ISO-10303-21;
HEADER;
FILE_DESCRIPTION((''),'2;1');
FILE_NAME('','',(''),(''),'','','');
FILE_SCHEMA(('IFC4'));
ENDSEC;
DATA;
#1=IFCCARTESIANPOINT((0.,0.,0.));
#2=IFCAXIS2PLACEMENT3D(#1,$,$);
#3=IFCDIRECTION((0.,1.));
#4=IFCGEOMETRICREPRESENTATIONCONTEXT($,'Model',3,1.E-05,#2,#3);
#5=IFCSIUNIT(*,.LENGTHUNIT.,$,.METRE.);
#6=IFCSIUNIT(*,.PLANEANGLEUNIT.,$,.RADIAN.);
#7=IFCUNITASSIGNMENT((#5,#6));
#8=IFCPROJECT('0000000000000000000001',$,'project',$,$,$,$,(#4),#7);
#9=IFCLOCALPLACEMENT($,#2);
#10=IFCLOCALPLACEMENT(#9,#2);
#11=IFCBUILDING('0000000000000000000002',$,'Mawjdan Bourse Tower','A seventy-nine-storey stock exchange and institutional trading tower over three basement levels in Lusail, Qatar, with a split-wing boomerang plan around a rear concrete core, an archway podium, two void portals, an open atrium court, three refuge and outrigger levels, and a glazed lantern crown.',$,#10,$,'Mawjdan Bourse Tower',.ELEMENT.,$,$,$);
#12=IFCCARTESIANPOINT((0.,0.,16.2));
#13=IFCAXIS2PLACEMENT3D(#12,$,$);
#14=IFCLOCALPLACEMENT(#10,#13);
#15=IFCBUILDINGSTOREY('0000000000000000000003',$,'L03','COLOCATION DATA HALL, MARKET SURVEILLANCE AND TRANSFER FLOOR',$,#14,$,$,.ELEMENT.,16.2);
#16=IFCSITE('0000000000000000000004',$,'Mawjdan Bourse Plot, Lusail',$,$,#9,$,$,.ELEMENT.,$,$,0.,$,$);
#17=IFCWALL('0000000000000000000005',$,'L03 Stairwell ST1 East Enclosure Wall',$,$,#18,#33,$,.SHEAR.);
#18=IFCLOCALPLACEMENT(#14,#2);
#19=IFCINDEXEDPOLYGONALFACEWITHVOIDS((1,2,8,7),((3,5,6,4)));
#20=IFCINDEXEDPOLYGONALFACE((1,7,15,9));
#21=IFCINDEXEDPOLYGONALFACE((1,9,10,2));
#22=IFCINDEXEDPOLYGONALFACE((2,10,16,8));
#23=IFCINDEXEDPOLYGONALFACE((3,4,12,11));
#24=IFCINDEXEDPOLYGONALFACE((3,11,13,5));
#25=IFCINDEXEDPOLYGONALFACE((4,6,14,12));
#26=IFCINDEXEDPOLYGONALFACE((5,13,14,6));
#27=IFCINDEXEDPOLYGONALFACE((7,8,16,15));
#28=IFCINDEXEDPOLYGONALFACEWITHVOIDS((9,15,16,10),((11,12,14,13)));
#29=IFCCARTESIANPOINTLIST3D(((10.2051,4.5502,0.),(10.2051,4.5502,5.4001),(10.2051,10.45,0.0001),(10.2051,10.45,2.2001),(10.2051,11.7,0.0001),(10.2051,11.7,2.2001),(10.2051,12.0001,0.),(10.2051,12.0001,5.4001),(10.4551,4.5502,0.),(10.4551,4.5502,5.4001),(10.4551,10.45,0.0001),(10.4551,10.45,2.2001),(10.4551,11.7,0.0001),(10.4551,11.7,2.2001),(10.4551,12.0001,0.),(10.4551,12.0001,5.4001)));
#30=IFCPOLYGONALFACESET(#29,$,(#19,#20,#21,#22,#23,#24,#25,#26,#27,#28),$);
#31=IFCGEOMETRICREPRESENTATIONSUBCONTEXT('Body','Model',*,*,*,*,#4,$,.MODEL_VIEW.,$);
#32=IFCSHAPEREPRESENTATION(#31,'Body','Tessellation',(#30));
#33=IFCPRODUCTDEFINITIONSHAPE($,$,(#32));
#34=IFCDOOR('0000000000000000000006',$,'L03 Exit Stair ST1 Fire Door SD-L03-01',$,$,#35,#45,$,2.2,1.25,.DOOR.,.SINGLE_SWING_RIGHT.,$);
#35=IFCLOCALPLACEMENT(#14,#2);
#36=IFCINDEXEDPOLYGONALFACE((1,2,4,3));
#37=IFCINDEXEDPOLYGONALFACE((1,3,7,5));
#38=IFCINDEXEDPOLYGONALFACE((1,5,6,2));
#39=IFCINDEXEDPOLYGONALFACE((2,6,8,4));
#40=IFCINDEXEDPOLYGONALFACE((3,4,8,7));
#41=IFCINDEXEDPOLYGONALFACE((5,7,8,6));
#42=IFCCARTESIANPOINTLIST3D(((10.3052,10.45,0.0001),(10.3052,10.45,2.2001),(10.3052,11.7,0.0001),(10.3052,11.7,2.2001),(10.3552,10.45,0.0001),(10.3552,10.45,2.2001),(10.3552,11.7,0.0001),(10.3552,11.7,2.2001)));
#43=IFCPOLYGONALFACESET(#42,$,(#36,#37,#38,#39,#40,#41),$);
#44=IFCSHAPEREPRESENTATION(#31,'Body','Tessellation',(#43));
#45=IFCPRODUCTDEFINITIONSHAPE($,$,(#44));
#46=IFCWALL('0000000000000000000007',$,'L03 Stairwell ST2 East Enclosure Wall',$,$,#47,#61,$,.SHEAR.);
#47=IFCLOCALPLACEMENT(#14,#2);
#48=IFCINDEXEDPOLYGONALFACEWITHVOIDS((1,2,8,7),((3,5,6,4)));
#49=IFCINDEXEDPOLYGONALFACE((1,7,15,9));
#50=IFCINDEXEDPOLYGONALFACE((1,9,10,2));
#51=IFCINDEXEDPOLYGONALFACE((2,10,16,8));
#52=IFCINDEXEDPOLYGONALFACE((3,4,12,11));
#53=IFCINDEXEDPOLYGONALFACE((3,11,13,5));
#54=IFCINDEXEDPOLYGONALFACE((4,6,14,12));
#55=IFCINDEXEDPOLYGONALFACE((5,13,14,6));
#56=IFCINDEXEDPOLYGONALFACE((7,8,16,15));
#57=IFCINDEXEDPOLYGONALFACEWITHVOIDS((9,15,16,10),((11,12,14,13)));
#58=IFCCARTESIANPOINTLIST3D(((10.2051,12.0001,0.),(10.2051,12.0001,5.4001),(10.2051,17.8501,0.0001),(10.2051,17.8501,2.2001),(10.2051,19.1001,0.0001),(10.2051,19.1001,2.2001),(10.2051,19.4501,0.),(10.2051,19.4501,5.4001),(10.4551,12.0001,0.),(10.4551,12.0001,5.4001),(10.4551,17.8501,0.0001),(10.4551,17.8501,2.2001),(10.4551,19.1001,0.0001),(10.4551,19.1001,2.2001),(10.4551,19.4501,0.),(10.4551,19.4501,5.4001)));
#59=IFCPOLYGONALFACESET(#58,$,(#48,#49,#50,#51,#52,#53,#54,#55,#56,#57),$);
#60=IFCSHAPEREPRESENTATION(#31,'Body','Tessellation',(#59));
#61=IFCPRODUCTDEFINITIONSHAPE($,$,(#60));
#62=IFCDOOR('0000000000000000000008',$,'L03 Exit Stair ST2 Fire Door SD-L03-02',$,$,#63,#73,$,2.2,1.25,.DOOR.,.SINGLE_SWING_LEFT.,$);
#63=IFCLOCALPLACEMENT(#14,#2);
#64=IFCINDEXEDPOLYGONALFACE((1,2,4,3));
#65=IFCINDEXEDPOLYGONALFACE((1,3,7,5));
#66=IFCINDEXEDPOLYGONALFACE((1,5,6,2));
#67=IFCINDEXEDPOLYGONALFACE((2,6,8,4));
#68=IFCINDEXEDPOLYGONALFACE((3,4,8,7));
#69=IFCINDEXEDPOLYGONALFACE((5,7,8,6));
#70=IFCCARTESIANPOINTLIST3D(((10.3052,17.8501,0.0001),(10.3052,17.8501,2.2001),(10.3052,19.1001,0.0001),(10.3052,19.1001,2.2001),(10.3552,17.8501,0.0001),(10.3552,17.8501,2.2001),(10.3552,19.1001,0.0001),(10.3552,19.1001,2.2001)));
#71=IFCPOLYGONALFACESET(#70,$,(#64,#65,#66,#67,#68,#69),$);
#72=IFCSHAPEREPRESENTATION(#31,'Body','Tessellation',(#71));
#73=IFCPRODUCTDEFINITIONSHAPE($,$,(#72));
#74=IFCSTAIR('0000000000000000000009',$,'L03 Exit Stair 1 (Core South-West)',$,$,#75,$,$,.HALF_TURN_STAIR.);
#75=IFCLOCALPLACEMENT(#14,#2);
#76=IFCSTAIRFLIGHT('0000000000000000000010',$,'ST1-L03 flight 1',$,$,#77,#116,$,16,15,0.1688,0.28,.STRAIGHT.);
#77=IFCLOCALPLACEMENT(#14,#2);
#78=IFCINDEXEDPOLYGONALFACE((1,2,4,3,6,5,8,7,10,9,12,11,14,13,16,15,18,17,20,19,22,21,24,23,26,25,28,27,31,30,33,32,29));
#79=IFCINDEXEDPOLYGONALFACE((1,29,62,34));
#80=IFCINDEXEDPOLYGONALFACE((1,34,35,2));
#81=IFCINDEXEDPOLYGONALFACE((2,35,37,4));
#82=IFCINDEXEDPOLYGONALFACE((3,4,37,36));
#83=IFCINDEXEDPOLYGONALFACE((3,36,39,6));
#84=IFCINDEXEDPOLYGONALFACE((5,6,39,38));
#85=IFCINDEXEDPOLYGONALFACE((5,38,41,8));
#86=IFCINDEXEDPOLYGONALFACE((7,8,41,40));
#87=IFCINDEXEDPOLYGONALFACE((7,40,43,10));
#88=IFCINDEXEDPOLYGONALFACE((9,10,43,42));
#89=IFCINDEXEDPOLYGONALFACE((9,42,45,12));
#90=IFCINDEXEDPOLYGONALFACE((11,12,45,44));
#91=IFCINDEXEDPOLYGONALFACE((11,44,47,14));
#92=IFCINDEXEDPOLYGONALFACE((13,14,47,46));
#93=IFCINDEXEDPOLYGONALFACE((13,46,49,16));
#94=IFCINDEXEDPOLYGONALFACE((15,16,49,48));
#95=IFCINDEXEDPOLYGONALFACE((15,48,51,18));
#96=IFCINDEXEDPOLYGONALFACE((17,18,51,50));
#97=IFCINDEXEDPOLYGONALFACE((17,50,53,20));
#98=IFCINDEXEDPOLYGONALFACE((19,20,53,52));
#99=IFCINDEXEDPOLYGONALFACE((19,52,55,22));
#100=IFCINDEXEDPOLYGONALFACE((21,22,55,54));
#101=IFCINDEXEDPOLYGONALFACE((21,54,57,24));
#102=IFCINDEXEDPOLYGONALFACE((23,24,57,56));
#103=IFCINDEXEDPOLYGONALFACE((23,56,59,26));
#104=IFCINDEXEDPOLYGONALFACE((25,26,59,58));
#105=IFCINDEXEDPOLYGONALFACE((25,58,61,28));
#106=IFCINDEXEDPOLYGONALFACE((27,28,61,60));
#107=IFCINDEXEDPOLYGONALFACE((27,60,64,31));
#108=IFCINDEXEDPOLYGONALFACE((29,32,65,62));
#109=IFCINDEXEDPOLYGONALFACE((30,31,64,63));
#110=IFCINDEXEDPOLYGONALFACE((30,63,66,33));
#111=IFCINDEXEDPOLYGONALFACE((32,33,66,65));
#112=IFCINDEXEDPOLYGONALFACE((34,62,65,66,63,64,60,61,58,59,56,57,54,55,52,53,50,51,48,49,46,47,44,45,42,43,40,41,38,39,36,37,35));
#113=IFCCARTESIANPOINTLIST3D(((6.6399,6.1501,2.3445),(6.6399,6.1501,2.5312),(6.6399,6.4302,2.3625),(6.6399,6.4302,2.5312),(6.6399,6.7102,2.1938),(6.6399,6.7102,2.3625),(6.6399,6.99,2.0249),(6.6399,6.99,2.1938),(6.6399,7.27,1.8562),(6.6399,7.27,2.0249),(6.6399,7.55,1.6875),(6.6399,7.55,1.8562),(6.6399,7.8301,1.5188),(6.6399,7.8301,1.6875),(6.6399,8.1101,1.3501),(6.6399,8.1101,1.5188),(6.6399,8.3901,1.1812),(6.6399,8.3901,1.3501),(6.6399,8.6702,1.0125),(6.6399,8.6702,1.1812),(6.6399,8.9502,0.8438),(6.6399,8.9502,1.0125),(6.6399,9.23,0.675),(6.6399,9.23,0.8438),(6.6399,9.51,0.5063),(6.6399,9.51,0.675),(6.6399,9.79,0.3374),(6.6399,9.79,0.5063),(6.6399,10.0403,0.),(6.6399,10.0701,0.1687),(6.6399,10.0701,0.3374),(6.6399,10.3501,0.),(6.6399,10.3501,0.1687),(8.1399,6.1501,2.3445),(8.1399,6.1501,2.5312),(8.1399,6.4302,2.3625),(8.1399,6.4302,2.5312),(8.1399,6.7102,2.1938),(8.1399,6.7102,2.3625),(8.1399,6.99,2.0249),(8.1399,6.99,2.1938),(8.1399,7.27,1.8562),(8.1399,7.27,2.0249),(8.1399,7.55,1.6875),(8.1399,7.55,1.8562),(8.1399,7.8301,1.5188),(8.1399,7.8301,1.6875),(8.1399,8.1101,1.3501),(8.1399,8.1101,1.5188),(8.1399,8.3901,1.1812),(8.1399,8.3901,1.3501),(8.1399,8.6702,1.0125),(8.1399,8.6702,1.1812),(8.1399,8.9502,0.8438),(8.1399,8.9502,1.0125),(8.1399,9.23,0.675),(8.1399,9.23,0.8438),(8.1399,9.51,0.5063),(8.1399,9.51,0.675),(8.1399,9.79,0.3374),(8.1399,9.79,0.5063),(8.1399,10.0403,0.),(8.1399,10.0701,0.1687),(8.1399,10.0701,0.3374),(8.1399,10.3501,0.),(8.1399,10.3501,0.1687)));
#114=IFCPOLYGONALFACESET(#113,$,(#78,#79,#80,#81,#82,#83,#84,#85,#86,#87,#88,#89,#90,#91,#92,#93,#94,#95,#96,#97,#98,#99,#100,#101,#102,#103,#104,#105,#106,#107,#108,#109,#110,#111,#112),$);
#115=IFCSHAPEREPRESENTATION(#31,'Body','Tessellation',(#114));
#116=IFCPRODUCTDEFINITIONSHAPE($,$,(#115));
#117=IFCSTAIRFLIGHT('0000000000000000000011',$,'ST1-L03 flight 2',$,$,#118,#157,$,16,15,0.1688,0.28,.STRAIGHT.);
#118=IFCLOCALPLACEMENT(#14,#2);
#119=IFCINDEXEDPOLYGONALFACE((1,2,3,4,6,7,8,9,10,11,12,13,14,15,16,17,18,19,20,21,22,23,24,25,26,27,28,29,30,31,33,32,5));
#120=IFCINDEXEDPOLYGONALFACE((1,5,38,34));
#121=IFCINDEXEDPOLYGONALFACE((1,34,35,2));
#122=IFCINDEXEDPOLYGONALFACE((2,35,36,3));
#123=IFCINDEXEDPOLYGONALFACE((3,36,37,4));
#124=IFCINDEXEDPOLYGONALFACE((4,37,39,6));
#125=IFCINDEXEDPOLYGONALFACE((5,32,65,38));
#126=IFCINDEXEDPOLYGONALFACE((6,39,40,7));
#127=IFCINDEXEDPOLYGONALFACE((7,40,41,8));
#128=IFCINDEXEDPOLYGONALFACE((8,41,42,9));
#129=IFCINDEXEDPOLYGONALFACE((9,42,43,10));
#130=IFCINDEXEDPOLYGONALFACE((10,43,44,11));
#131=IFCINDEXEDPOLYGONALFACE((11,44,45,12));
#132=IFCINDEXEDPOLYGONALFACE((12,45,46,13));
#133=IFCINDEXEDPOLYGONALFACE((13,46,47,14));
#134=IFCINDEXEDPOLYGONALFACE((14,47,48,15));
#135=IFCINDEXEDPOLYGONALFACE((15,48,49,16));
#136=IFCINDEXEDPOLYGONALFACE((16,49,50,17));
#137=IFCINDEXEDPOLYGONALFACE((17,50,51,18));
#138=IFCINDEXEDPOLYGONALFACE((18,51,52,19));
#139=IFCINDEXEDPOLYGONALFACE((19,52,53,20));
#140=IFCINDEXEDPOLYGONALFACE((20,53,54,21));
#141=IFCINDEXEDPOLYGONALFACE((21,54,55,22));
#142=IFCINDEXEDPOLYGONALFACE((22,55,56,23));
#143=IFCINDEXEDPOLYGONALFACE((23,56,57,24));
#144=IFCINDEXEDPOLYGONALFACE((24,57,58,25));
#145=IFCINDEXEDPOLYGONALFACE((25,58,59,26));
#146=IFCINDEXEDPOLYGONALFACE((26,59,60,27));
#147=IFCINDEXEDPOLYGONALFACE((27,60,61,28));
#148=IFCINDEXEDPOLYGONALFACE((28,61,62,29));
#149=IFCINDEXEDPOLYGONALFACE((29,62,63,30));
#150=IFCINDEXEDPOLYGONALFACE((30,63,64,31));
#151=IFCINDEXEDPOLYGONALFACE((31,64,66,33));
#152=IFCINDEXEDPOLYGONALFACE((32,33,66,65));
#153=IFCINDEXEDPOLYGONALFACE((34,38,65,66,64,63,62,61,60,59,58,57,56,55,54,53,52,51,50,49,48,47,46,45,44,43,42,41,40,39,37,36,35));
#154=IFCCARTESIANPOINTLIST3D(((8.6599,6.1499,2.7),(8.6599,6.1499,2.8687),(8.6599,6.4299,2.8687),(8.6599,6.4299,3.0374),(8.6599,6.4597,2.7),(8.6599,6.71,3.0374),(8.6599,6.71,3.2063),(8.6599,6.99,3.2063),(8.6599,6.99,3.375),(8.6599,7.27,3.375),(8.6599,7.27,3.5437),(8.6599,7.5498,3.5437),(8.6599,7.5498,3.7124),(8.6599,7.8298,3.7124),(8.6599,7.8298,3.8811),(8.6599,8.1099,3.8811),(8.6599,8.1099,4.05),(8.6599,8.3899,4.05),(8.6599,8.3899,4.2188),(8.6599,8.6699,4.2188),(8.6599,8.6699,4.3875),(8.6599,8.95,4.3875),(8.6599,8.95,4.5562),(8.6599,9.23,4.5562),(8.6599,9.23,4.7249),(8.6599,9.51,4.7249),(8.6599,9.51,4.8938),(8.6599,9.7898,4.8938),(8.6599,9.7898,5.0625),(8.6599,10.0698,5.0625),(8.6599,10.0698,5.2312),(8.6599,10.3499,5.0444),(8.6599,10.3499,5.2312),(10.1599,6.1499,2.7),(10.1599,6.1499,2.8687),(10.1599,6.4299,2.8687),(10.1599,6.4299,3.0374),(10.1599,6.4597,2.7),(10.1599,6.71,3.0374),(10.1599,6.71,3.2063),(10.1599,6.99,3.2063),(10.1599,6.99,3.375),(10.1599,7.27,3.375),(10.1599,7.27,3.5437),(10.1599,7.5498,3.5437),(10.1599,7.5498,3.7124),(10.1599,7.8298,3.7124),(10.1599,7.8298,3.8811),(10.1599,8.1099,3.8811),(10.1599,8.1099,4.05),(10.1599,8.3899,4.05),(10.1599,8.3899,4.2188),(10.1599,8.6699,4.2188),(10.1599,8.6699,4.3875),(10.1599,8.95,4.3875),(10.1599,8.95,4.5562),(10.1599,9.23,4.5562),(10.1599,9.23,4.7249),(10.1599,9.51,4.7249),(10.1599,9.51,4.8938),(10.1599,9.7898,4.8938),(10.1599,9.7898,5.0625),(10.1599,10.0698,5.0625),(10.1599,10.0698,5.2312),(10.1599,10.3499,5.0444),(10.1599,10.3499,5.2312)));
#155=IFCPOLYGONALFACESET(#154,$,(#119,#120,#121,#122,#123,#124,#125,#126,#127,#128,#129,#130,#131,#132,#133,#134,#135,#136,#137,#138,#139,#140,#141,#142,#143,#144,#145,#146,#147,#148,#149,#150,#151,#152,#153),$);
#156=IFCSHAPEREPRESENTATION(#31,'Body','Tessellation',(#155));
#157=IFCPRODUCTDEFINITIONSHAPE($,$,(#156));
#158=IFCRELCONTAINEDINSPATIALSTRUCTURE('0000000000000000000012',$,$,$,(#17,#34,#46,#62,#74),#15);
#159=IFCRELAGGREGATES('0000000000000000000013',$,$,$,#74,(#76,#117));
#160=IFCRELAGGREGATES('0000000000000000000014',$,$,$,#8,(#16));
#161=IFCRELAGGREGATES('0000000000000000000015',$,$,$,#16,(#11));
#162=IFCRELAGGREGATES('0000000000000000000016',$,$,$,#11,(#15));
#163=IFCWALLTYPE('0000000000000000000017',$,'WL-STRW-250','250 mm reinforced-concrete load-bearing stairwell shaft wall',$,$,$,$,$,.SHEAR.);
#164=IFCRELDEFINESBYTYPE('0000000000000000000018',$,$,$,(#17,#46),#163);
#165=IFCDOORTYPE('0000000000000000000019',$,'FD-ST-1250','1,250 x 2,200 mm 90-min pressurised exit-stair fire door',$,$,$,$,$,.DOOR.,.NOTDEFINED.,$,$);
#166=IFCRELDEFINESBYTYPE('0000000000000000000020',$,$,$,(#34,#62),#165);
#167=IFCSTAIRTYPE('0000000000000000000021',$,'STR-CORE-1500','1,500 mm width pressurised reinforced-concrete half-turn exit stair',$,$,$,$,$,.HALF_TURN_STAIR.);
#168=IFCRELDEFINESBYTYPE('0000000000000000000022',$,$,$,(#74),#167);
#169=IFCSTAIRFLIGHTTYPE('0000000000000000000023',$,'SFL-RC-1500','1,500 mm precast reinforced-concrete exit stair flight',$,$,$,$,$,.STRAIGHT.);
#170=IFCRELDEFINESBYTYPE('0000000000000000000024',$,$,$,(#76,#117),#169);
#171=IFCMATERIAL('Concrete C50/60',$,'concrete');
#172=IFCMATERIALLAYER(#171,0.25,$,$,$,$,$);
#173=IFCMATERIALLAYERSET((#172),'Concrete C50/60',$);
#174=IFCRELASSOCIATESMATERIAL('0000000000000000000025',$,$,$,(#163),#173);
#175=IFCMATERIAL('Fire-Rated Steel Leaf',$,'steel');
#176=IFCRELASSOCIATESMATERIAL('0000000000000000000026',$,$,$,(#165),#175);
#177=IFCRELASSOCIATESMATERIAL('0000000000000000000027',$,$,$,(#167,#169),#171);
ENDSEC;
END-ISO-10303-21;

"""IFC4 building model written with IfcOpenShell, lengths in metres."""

from ifc_helpers import new_model, si_unit, direction, frame, frame_2d, origin, place, context, subcontext, project, spatial, polyline, rectangle, outline, extrude, material, layer, layer_set, type_object, element, fill, aggregate, save


model = new_model("IFC4")

# Units and contexts
model_context = context("Model", 3, precision=1e-05, world=origin(), true_north=direction((0.0, 1.0)))
body_context = subcontext(model_context, "Body", "Model", "MODEL_VIEW")
ifc_project = project(units=[si_unit("LENGTHUNIT", "METRE"), si_unit("PLANEANGLEUNIT", "RADIAN")], contexts=[model_context])

# Site, building, storey
site_placement = place(None, origin())
site = spatial("IfcSite", under=ifc_project, at=site_placement, Name="Mawjdan Bourse Plot, Lusail", CompositionType="ELEMENT", RefElevation=0.0)
building_placement = place(site_placement, origin())
building = spatial("IfcBuilding", under=site, at=building_placement, Name="Mawjdan Bourse Tower", Description="A seventy-nine-storey stock exchange and institutional trading tower over three basement levels in Lusail, Qatar, with a split-wing boomerang plan around a rear concrete core, an archway podium, two void portals, an open atrium court, three refuge and outrigger levels, and a glazed lantern crown.", LongName="Mawjdan Bourse Tower", CompositionType="ELEMENT")
storey_placement = place(building_placement, frame((0.0, 0.0, 16.2)))
storey = spatial("IfcBuildingStorey", under=building, at=storey_placement, Name="L03", Description="COLOCATION DATA HALL, MARKET SURVEILLANCE AND TRANSFER FLOOR", CompositionType="ELEMENT", Elevation=16.2)

# Shared definitions
ifc_material_1 = material(Name="Concrete C50/60", Category="concrete")

# Shared definitions
ifc_layer_1 = layer(ifc_material_1, 0.25)
ifc_layer_set_1 = layer_set([ifc_layer_1], Name="Concrete C50/60")
wall_type_1 = type_object("IfcWallType", Name="WL-STRW-250", Description="250 mm reinforced-concrete load-bearing stairwell shaft wall", PredefinedType="SHEAR", material=ifc_layer_set_1)

# Walls, openings, doors
wall_1_placement = place(storey_placement, frame((10.3301, 4.55, 0.0), z_axis=(0.0, 0.0, 1.0), x_axis=(0.0, 1.0, 0.0)))
wall_1 = element("IfcWall", 1, at=wall_1_placement, inside=storey, type_object=wall_type_1, Name="L03 Stairwell ST1 East Enclosure Wall", PredefinedType="SHEAR", context=body_context, shape_type="SweptSolid", body=[
    extrude(rectangle(XDim=7.45, YDim=0.25, at=frame_2d((3.7251, 0.0))), origin(), (0.0, 0.0, 1.0), 5.4001),
])
opening_1_placement = place(wall_1_placement, frame((5.8999, 0.0, 0.0)))
opening_1 = element("IfcOpeningElement", 2, at=opening_1_placement, cuts=wall_1, PredefinedType="OPENING", context=body_context, shape_type="SweptSolid", body=[
    extrude(rectangle(XDim=1.25, YDim=2.2, at=frame_2d((0.625, 1.1001))), frame((0.0, 0.135, 0.0), z_axis=(0.0, -1.0, 0.0), x_axis=(1.0, 0.0, 0.0)), (0.0, 0.0, 1.0), 0.27),
])
ifc_material_2 = material(Name="Fire-Rated Steel Leaf", Category="steel")
door_type_1 = type_object("IfcDoorType", Name="FD-ST-1250", Description="1,250 x 2,200 mm 90-min pressurised exit-stair fire door", OperationType="NOTDEFINED", PredefinedType="DOOR", material=ifc_material_2)
door_1_placement = place(opening_1_placement, origin())
door_1 = element("IfcDoor", 3, at=door_1_placement, inside=storey, type_object=door_type_1, Name="L03 Exit Stair ST1 Fire Door SD-L03-01", OperationType="SINGLE_SWING_RIGHT", OverallHeight=2.2, OverallWidth=1.25, PredefinedType="DOOR", context=body_context, shape_type="SweptSolid", body=[
    extrude(rectangle(XDim=1.25, YDim=2.2, at=frame_2d((0.625, 1.1001))), frame((0.0, 0.0249, 0.0), z_axis=(0.0, -1.0, 0.0), x_axis=(1.0, 0.0, 0.0)), (0.0, 0.0, 1.0), 0.05),
])
fill(opening_1, door_1)
wall_2_placement = place(storey_placement, frame((10.3301, 12.0, 0.0), z_axis=(0.0, 0.0, 1.0), x_axis=(0.0, 1.0, 0.0)))
wall_2 = element("IfcWall", 4, at=wall_2_placement, inside=storey, type_object=wall_type_1, Name="L03 Stairwell ST2 East Enclosure Wall", PredefinedType="SHEAR", context=body_context, shape_type="SweptSolid", body=[
    extrude(rectangle(XDim=7.45, YDim=0.25, at=frame_2d((3.7251, 0.0))), origin(), (0.0, 0.0, 1.0), 5.4001),
])
opening_2_placement = place(wall_2_placement, frame((5.8501, 0.0, 0.0)))
opening_2 = element("IfcOpeningElement", 5, at=opening_2_placement, cuts=wall_2, PredefinedType="OPENING", context=body_context, shape_type="SweptSolid", body=[
    extrude(rectangle(XDim=1.25, YDim=2.2, at=frame_2d((0.625, 1.1001))), frame((0.0, 0.135, 0.0), z_axis=(0.0, -1.0, 0.0), x_axis=(1.0, 0.0, 0.0)), (0.0, 0.0, 1.0), 0.27),
])
door_2_placement = place(opening_2_placement, origin())
door_2 = element("IfcDoor", 6, at=door_2_placement, inside=storey, type_object=door_type_1, Name="L03 Exit Stair ST2 Fire Door SD-L03-02", OperationType="SINGLE_SWING_LEFT", OverallHeight=2.2, OverallWidth=1.25, PredefinedType="DOOR", context=body_context, shape_type="SweptSolid", body=[
    extrude(rectangle(XDim=1.25, YDim=2.2, at=frame_2d((0.625, 1.1001))), frame((0.0, 0.0249, 0.0), z_axis=(0.0, -1.0, 0.0), x_axis=(1.0, 0.0, 0.0)), (0.0, 0.0, 1.0), 0.05),
])
fill(opening_2, door_2)

# Stair, stair flights
stair_type = type_object("IfcStairType", Name="STR-CORE-1500", Description="1,500 mm width pressurised reinforced-concrete half-turn exit stair", PredefinedType="HALF_TURN_STAIR", material=ifc_material_1)
stair_1_placement = place(storey_placement, origin())
stair_1 = element("IfcStair", 7, at=stair_1_placement, inside=storey, type_object=stair_type, Name="L03 Exit Stair 1 (Core South-West)", PredefinedType="HALF_TURN_STAIR")
stair_flight_type = type_object("IfcStairFlightType", Name="SFL-RC-1500", Description="1,500 mm precast reinforced-concrete exit stair flight", PredefinedType="STRAIGHT", material=ifc_material_1)
stair_flight_1_placement = place(storey_placement, frame((7.3899, 10.3501, 0.0), z_axis=(0.0, 0.0, 1.0), x_axis=(0.0, -1.0, 0.0)))
stair_flight_1 = element("IfcStairFlight", 8, at=stair_flight_1_placement, type_object=stair_flight_type, Name="ST1-L03 flight 1", NumberOfRisers=16, NumberOfTreads=15, PredefinedType="STRAIGHT", RiserHeight=0.1688, TreadLength=0.28, context=body_context, shape_type="SweptSolid", body=[
    extrude(outline(polyline([(0.0, 0.0), (0.0, 0.1687), (0.28, 0.1687), (0.28, 0.3374), (0.5601, 0.3374), (0.5601, 0.5063), (0.8401, 0.5063), (0.8401, 0.675), (1.1201, 0.675), (1.1201, 0.8438), (1.3999, 0.8438), (1.3999, 1.0125), (1.6799, 1.0125), (1.6799, 1.1812), (1.96, 1.1812), (1.96, 1.3501), (2.24, 1.3501), (2.24, 1.5188), (2.52, 1.5188), (2.52, 1.6875), (2.8, 1.6875), (2.8, 1.8562), (3.0801, 1.8562), (3.0801, 2.0249), (3.3601, 2.0249), (3.3601, 2.1938), (3.6399, 2.1938), (3.6399, 2.3625), (3.9199, 2.3625), (3.9199, 2.5312), (4.2, 2.5312), (4.2, 2.7), (4.2, 2.3445), (0.3098, 0.0), (0.0, 0.0)])), frame((0.0, 0.75, 0.0), z_axis=(0.0, -1.0, 0.0), x_axis=(1.0, 0.0, 0.0)), (0.0, 0.0, 1.0), 1.5),
])
stair_flight_2_placement = place(storey_placement, frame((9.4099, 6.1499, 2.7), z_axis=(0.0, 0.0, 1.0), x_axis=(0.0, 1.0, 0.0)))
stair_flight_2 = element("IfcStairFlight", 9, at=stair_flight_2_placement, type_object=stair_flight_type, Name="ST1-L03 flight 2", NumberOfRisers=16, NumberOfTreads=15, PredefinedType="STRAIGHT", RiserHeight=0.1688, TreadLength=0.28, context=body_context, shape_type="SweptSolid", body=[
    extrude(outline(polyline([(0.0, 0.0), (0.0, 0.1687), (0.28, 0.1687), (0.28, 0.3374), (0.5601, 0.3374), (0.5601, 0.5063), (0.8401, 0.5063), (0.8401, 0.675), (1.1201, 0.675), (1.1201, 0.8438), (1.3999, 0.8438), (1.3999, 1.0125), (1.6799, 1.0125), (1.6799, 1.1812), (1.96, 1.1812), (1.96, 1.3501), (2.24, 1.3501), (2.24, 1.5188), (2.52, 1.5188), (2.52, 1.6875), (2.8, 1.6875), (2.8, 1.8562), (3.0801, 1.8562), (3.0801, 2.0249), (3.3601, 2.0249), (3.3601, 2.1938), (3.6399, 2.1938), (3.6399, 2.3625), (3.9199, 2.3625), (3.9199, 2.5312), (4.2, 2.5312), (4.2, 2.7), (4.2, 2.3445), (0.3098, 0.0), (0.0, 0.0)])), frame((0.0, 0.75, 0.0), z_axis=(0.0, -1.0, 0.0), x_axis=(1.0, 0.0, 0.0)), (0.0, 0.0, 1.0), 1.5),
])
aggregate(stair_1, [stair_flight_1, stair_flight_2])

save(model, "model.ifc")
